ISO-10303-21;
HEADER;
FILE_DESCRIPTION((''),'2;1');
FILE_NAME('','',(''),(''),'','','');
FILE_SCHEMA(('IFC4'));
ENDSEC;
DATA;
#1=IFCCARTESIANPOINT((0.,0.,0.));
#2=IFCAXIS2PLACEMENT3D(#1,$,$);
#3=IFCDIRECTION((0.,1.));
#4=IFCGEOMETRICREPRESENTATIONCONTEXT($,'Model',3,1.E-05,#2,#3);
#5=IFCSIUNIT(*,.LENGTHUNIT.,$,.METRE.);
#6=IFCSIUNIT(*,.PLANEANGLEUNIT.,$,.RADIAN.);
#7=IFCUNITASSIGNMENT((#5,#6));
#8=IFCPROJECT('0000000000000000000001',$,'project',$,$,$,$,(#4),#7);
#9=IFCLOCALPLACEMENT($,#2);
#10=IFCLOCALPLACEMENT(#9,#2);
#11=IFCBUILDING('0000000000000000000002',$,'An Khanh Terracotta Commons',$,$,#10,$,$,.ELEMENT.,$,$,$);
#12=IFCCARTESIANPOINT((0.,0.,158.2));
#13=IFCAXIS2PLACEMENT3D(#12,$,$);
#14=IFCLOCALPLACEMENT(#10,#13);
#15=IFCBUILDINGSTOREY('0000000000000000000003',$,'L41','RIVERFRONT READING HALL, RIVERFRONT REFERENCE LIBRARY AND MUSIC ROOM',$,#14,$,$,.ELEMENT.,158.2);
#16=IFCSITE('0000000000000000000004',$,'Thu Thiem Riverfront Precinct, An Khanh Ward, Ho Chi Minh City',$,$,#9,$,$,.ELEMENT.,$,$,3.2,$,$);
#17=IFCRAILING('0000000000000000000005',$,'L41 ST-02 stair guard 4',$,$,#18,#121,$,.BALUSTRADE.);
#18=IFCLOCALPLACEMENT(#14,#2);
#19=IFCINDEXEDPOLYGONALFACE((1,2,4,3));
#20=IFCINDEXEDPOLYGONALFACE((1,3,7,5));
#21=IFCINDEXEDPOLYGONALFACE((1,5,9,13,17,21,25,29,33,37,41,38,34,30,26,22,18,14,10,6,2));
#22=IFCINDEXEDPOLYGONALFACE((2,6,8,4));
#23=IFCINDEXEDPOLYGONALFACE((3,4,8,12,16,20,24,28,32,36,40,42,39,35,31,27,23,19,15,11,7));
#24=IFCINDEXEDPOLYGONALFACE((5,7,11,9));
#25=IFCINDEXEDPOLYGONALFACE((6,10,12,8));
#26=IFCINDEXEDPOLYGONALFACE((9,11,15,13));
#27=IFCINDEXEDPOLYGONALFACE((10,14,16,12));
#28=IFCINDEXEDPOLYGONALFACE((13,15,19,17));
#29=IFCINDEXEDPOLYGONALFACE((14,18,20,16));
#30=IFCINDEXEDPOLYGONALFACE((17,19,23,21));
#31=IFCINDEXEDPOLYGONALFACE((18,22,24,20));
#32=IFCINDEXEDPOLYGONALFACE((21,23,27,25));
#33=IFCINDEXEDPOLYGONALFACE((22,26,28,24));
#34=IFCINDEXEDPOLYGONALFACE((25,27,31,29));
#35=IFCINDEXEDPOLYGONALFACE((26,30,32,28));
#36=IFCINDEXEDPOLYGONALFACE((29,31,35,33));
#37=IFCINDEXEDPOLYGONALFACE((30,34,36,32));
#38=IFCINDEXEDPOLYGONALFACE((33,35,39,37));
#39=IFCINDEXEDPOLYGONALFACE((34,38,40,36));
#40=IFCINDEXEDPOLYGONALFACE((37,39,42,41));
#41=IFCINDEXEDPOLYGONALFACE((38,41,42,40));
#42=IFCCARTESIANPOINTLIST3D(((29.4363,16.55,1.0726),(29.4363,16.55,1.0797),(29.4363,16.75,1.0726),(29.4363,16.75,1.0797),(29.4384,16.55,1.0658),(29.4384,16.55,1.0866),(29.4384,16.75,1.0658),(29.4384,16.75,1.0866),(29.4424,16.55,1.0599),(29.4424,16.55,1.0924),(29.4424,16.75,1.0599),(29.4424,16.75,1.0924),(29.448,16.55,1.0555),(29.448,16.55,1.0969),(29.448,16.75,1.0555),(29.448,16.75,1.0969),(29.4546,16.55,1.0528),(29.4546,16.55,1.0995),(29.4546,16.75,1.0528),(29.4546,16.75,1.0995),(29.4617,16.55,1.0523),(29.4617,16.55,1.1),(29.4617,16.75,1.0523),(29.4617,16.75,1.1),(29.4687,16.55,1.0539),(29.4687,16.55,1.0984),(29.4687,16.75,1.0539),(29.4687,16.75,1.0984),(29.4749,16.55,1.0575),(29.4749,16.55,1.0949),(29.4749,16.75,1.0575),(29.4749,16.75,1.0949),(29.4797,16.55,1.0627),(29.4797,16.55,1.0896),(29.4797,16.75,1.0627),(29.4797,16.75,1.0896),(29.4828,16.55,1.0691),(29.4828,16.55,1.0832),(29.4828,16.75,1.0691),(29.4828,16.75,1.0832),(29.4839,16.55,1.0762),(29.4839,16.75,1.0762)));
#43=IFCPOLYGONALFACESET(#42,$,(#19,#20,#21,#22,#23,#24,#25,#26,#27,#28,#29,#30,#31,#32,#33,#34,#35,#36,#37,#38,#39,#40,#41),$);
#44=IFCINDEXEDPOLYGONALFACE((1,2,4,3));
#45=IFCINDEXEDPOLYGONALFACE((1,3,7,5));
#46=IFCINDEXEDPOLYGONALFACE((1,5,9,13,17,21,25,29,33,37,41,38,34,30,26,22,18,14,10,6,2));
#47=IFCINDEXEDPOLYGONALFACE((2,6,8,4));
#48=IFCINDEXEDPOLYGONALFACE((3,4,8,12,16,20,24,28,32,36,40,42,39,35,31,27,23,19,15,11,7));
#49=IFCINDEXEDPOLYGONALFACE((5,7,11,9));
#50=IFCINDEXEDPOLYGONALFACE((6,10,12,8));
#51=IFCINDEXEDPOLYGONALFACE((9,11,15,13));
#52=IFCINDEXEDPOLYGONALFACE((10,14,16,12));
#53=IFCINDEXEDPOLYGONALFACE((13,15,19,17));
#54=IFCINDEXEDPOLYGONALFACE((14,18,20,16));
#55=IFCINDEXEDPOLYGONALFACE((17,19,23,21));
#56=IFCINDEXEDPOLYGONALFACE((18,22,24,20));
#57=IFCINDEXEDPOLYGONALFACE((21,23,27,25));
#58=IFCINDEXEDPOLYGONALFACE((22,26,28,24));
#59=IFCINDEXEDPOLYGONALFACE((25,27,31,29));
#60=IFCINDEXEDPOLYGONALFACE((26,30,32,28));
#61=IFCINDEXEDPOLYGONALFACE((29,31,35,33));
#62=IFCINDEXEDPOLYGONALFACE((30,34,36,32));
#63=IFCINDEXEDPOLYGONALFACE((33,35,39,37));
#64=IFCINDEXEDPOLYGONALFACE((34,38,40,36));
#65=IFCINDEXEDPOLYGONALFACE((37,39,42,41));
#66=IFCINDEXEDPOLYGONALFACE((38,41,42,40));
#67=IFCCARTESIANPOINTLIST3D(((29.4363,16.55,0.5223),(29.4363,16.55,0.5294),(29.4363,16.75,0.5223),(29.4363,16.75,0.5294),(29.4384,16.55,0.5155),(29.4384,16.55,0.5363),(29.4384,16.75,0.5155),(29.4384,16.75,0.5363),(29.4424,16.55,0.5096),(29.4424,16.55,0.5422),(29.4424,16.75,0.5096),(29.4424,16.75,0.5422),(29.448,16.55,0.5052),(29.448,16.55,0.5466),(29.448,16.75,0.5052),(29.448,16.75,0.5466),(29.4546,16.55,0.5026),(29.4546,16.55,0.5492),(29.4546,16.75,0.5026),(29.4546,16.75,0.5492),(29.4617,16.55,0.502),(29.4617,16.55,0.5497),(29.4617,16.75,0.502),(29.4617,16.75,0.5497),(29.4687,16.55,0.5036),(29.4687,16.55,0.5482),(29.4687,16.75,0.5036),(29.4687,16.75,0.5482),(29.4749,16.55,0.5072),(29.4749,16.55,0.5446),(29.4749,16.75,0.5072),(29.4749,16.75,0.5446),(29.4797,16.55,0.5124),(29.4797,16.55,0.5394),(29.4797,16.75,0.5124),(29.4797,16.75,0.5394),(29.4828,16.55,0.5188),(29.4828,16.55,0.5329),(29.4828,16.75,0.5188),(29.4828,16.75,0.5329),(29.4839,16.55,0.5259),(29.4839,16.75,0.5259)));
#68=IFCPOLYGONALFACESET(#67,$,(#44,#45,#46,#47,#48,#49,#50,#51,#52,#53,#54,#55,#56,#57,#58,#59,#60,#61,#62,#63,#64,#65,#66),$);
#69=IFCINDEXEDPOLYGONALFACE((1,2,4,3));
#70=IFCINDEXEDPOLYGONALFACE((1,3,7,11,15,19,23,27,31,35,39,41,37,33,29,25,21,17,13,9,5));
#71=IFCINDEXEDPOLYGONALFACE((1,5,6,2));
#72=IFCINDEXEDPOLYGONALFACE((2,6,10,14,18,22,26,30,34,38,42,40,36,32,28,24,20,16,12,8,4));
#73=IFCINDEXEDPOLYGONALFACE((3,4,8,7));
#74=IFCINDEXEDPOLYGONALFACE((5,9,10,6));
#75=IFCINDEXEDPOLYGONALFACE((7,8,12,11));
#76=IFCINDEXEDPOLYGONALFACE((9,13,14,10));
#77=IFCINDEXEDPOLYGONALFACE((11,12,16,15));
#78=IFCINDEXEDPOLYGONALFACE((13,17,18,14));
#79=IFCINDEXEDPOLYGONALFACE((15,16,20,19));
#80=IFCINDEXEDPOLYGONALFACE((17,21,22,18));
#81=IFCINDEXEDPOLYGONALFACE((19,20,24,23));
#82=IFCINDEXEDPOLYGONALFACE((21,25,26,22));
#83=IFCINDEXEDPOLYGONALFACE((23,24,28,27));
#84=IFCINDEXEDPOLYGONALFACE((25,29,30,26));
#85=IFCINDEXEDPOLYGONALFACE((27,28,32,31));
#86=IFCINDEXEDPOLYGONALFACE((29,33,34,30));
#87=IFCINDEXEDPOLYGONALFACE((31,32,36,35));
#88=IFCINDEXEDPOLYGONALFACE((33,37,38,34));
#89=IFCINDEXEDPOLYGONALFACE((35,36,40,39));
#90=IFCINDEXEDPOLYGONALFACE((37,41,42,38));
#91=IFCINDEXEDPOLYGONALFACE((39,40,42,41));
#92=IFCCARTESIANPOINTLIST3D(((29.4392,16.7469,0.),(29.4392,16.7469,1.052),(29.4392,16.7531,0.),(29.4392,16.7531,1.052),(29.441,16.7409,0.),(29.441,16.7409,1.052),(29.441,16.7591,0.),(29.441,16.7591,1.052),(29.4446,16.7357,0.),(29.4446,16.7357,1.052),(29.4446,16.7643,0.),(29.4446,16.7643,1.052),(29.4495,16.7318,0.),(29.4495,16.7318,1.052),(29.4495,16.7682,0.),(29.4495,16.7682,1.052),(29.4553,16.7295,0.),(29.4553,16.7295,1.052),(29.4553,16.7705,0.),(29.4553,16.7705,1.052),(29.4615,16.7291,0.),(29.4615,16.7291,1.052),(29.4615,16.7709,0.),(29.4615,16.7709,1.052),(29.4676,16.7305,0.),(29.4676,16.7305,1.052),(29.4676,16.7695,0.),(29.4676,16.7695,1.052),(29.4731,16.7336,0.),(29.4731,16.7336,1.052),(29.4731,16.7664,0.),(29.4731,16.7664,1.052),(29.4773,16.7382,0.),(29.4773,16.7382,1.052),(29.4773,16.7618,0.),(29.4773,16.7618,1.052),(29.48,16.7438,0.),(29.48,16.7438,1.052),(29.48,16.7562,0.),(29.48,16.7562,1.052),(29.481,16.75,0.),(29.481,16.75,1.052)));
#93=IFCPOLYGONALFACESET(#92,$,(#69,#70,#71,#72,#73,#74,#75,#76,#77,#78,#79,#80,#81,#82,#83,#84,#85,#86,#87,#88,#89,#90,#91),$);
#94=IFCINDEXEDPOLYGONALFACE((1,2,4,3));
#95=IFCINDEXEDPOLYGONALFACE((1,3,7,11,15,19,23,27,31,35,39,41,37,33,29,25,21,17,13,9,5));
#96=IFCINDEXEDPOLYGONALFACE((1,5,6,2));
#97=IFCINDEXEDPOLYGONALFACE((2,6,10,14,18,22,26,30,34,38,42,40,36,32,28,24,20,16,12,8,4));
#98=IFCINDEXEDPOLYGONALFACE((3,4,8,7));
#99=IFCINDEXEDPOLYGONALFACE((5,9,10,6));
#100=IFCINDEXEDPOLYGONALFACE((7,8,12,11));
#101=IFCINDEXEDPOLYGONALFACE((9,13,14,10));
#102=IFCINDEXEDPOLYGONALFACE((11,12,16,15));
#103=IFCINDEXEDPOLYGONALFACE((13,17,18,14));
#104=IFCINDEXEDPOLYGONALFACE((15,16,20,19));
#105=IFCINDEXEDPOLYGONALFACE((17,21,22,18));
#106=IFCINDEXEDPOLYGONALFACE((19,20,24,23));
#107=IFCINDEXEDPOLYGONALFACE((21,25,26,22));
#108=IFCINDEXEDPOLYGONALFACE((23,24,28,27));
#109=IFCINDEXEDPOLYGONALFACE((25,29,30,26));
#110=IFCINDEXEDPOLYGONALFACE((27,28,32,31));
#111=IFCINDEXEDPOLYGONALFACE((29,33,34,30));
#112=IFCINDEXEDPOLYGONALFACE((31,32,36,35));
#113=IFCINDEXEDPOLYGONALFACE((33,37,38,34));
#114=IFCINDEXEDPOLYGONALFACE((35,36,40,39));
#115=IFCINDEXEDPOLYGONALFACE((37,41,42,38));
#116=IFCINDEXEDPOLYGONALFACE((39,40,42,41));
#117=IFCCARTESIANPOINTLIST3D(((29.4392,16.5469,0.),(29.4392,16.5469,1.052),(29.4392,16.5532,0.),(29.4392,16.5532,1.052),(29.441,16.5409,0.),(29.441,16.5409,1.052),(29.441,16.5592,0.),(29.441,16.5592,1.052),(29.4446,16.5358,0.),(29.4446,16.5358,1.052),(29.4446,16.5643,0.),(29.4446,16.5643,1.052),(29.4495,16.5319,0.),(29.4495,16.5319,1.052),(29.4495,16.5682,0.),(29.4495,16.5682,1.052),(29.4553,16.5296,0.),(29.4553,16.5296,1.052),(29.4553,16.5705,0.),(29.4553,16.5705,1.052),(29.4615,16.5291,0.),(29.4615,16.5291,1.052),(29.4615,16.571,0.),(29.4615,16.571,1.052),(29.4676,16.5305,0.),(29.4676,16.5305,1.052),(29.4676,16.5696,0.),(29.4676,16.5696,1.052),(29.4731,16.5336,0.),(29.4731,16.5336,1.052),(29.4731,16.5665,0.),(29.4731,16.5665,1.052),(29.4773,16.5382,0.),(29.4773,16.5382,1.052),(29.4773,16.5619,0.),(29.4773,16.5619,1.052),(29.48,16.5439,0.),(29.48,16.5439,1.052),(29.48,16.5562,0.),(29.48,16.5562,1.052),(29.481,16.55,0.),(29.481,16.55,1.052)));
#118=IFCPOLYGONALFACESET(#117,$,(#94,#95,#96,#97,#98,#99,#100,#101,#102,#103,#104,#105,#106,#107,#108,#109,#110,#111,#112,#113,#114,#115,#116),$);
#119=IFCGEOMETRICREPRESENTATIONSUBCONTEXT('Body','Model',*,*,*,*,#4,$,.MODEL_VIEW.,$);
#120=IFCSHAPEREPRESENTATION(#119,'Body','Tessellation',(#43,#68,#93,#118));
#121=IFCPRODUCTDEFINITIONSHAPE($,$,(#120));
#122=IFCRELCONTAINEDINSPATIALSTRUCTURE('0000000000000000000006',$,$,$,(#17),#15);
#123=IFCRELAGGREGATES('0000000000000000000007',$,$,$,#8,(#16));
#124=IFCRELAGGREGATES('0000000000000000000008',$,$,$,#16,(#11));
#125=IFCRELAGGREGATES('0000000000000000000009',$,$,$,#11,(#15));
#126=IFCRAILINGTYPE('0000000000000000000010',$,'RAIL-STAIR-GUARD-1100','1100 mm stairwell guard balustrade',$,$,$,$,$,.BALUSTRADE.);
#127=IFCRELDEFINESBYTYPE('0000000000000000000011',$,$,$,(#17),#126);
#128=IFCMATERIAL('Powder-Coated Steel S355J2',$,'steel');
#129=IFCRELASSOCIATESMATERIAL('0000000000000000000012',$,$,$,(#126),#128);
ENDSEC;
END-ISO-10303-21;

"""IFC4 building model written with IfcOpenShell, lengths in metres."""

from ifc_helpers import new_model, si_unit, direction, frame, origin, origin_2d, place, context, subcontext, project, spatial, circle, extrude, material, type_object, element, save


model = new_model("IFC4")

# Units and contexts
model_context = context("Model", 3, precision=1e-05, world=origin(), true_north=direction((0.0, 1.0)))
body_context = subcontext(model_context, "Body", "Model", "MODEL_VIEW")
ifc_project = project(units=[si_unit("LENGTHUNIT", "METRE"), si_unit("PLANEANGLEUNIT", "RADIAN")], contexts=[model_context])

# Site, building, storey
site_placement = place(None, origin())
site = spatial("IfcSite", under=ifc_project, at=site_placement, Name="Thu Thiem Riverfront Precinct, An Khanh Ward, Ho Chi Minh City", CompositionType="ELEMENT", RefElevation=3.2)
building_placement = place(site_placement, origin())
building = spatial("IfcBuilding", under=site, at=building_placement, Name="An Khanh Terracotta Commons", CompositionType="ELEMENT")
storey_placement = place(building_placement, frame((0.0, 0.0, 158.2)))
storey = spatial("IfcBuildingStorey", under=building, at=storey_placement, Name="L41", Description="RIVERFRONT READING HALL, RIVERFRONT REFERENCE LIBRARY AND MUSIC ROOM", CompositionType="ELEMENT", Elevation=158.2)

# Railing
ifc_material_1 = material(Name="Powder-Coated Steel S355J2", Category="steel")
railing_type_1 = type_object("IfcRailingType", Name="RAIL-STAIR-GUARD-1100", Description="1100 mm stairwell guard balustrade", PredefinedType="BALUSTRADE", material=ifc_material_1)
railing_1_placement = place(storey_placement, frame((29.46, 16.75, 0.0)))
element("IfcRailing", 1, at=railing_1_placement, inside=storey, type_object=railing_type_1, Name="L41 ST-02 stair guard 4", PredefinedType="BALUSTRADE", context=body_context, shape_type="SweptSolid", body=[
    extrude(circle(Radius=0.0239, at=origin_2d()), frame((0.0, 0.0, 1.0762), z_axis=(0.0, -1.0, 0.0), x_axis=(1.0, 0.0, 0.0)), (0.0, 0.0, 1.0), 0.2),
    extrude(circle(Radius=0.0239, at=origin_2d()), frame((0.0, 0.0, 0.5259), z_axis=(0.0, -1.0, 0.0), x_axis=(1.0, 0.0, 0.0)), (0.0, 0.0, 1.0), 0.2),
    extrude(circle(Radius=0.021, at=origin_2d()), origin(), (0.0, 0.0, 1.0), 1.052),
    extrude(circle(Radius=0.021, at=origin_2d()), frame((0.0, -0.2, 0.0)), (0.0, 0.0, 1.0), 1.052),
])

save(model, "model.ifc")
